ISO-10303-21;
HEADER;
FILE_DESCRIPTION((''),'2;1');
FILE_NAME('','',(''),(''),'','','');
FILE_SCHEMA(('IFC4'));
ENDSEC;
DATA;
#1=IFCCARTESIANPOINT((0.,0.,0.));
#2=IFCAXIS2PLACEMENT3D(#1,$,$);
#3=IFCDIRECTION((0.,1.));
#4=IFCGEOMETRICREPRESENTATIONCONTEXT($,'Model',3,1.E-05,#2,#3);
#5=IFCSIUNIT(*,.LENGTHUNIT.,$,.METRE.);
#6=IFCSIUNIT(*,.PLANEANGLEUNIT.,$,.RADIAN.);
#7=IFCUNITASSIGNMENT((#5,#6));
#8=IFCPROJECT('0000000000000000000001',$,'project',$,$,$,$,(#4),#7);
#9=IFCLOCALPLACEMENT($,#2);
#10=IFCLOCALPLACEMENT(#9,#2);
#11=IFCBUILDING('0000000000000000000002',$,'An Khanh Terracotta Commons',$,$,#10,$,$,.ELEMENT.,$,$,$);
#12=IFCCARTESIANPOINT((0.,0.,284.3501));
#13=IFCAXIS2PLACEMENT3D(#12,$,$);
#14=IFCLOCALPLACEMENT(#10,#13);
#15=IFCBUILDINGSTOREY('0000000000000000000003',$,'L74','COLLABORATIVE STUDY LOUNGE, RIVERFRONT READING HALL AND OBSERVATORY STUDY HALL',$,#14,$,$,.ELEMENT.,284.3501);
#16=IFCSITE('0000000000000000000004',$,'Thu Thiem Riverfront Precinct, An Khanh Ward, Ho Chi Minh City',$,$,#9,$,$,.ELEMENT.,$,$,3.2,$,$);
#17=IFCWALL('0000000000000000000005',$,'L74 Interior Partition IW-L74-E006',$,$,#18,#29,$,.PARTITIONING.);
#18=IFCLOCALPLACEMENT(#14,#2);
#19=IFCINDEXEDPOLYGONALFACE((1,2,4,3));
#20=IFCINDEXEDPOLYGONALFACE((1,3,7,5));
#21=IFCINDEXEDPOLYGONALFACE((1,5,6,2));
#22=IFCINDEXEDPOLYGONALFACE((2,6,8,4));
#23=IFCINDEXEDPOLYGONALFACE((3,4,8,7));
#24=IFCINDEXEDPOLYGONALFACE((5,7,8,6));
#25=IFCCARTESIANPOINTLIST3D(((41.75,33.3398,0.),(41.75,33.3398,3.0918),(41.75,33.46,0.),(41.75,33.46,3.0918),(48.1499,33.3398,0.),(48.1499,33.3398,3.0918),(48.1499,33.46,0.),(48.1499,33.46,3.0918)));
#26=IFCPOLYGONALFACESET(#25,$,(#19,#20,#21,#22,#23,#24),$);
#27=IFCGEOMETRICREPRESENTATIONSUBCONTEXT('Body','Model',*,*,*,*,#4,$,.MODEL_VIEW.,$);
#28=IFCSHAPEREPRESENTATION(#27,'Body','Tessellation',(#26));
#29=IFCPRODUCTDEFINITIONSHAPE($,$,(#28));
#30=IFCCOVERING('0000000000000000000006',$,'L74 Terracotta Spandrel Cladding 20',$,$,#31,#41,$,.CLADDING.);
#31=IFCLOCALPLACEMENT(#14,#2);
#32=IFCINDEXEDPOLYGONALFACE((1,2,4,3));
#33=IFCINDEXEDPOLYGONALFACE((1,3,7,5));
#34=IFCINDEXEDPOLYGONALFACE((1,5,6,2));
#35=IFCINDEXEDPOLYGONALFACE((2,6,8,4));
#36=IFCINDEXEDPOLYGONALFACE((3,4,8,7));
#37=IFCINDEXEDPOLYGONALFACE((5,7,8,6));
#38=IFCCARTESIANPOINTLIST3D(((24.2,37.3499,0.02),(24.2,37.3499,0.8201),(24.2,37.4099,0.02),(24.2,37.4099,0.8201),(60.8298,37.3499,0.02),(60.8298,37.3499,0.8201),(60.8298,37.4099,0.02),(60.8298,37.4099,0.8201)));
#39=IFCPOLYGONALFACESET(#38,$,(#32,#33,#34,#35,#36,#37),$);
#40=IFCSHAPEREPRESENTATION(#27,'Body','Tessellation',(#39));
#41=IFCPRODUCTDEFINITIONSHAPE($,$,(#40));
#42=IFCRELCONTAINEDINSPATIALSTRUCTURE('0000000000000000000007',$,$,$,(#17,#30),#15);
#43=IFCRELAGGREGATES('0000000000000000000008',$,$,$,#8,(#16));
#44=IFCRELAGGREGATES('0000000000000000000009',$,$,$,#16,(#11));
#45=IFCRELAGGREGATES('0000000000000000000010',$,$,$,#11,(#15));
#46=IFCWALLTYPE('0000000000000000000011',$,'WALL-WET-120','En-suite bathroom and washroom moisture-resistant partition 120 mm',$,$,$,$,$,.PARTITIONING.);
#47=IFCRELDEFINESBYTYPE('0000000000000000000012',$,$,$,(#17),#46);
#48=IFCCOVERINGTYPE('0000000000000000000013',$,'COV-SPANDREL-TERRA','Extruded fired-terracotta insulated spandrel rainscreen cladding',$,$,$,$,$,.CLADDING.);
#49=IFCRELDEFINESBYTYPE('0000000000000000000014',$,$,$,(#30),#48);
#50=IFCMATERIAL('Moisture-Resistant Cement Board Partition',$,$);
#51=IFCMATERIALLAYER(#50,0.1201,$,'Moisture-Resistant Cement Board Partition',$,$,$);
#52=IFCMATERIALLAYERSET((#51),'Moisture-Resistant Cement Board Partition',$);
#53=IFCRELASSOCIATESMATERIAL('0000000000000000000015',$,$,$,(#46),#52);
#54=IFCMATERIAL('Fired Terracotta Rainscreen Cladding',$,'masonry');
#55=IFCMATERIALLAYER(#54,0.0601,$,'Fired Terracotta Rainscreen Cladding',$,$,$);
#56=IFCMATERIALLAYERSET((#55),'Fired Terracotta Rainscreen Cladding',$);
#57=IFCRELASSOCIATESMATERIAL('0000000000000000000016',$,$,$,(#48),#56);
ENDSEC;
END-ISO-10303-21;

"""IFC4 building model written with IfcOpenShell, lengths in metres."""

from ifc_helpers import new_model, si_unit, direction, frame, frame_2d, origin, origin_2d, place, context, subcontext, project, spatial, rectangle, extrude, material, layer, layer_set, type_object, element, save


model = new_model("IFC4")

# Units and contexts
model_context = context("Model", 3, precision=1e-05, world=origin(), true_north=direction((0.0, 1.0)))
body_context = subcontext(model_context, "Body", "Model", "MODEL_VIEW")
ifc_project = project(units=[si_unit("LENGTHUNIT", "METRE"), si_unit("PLANEANGLEUNIT", "RADIAN")], contexts=[model_context])

# Site, building, storey
site_placement = place(None, origin())
site = spatial("IfcSite", under=ifc_project, at=site_placement, Name="Thu Thiem Riverfront Precinct, An Khanh Ward, Ho Chi Minh City", CompositionType="ELEMENT", RefElevation=3.2)
building_placement = place(site_placement, origin())
building = spatial("IfcBuilding", under=site, at=building_placement, Name="An Khanh Terracotta Commons", CompositionType="ELEMENT")
storey_placement = place(building_placement, frame((0.0, 0.0, 284.3501)))
storey = spatial("IfcBuildingStorey", under=building, at=storey_placement, Name="L74", Description="COLLABORATIVE STUDY LOUNGE, RIVERFRONT READING HALL AND OBSERVATORY STUDY HALL", CompositionType="ELEMENT", Elevation=284.3501)

# Shared definitions
ifc_material_1 = material(Name="Moisture-Resistant Cement Board Partition")
ifc_layer_1 = layer(ifc_material_1, 0.1201, Name="Moisture-Resistant Cement Board Partition")
ifc_layer_set_1 = layer_set([ifc_layer_1], Name="Moisture-Resistant Cement Board Partition")
wall_type_1 = type_object("IfcWallType", Name="WALL-WET-120", Description="En-suite bathroom and washroom moisture-resistant partition 120 mm", PredefinedType="PARTITIONING", material=ifc_layer_set_1)

# Wall
wall_1_placement = place(storey_placement, frame((41.75, 33.3999, 0.0), z_axis=(0.0, 0.0, 1.0), x_axis=(1.0, 0.0, 0.0)))
element("IfcWall", 1, at=wall_1_placement, inside=storey, type_object=wall_type_1, Name="L74 Interior Partition IW-L74-E006", PredefinedType="PARTITIONING", context=body_context, shape_type="SweptSolid", body=[
    extrude(rectangle(XDim=6.3999, YDim=0.1201, at=frame_2d((3.2, 0.0))), origin(), (0.0, 0.0, 1.0), 3.0918),
])

# Covering
ifc_material_2 = material(Name="Fired Terracotta Rainscreen Cladding", Category="masonry")
ifc_layer_2 = layer(ifc_material_2, 0.0601, Name="Fired Terracotta Rainscreen Cladding")
ifc_layer_set_2 = layer_set([ifc_layer_2], Name="Fired Terracotta Rainscreen Cladding")
covering_type = type_object("IfcCoveringType", Name="COV-SPANDREL-TERRA", Description="Extruded fired-terracotta insulated spandrel rainscreen cladding", PredefinedType="CLADDING", material=ifc_layer_set_2)
covering_placement = place(storey_placement, frame((42.5149, 37.3799, 0.02), z_axis=(0.0, 0.0, 1.0), x_axis=(-1.0, 0.0, 0.0)))
element("IfcCovering", 2, at=covering_placement, inside=storey, type_object=covering_type, Name="L74 Terracotta Spandrel Cladding 20", PredefinedType="CLADDING", context=body_context, shape_type="SweptSolid", body=[
    extrude(rectangle(XDim=36.6299, YDim=0.0601, at=origin_2d()), origin(), (0.0, 0.0, 1.0), 0.8),
])

save(model, "model.ifc")
